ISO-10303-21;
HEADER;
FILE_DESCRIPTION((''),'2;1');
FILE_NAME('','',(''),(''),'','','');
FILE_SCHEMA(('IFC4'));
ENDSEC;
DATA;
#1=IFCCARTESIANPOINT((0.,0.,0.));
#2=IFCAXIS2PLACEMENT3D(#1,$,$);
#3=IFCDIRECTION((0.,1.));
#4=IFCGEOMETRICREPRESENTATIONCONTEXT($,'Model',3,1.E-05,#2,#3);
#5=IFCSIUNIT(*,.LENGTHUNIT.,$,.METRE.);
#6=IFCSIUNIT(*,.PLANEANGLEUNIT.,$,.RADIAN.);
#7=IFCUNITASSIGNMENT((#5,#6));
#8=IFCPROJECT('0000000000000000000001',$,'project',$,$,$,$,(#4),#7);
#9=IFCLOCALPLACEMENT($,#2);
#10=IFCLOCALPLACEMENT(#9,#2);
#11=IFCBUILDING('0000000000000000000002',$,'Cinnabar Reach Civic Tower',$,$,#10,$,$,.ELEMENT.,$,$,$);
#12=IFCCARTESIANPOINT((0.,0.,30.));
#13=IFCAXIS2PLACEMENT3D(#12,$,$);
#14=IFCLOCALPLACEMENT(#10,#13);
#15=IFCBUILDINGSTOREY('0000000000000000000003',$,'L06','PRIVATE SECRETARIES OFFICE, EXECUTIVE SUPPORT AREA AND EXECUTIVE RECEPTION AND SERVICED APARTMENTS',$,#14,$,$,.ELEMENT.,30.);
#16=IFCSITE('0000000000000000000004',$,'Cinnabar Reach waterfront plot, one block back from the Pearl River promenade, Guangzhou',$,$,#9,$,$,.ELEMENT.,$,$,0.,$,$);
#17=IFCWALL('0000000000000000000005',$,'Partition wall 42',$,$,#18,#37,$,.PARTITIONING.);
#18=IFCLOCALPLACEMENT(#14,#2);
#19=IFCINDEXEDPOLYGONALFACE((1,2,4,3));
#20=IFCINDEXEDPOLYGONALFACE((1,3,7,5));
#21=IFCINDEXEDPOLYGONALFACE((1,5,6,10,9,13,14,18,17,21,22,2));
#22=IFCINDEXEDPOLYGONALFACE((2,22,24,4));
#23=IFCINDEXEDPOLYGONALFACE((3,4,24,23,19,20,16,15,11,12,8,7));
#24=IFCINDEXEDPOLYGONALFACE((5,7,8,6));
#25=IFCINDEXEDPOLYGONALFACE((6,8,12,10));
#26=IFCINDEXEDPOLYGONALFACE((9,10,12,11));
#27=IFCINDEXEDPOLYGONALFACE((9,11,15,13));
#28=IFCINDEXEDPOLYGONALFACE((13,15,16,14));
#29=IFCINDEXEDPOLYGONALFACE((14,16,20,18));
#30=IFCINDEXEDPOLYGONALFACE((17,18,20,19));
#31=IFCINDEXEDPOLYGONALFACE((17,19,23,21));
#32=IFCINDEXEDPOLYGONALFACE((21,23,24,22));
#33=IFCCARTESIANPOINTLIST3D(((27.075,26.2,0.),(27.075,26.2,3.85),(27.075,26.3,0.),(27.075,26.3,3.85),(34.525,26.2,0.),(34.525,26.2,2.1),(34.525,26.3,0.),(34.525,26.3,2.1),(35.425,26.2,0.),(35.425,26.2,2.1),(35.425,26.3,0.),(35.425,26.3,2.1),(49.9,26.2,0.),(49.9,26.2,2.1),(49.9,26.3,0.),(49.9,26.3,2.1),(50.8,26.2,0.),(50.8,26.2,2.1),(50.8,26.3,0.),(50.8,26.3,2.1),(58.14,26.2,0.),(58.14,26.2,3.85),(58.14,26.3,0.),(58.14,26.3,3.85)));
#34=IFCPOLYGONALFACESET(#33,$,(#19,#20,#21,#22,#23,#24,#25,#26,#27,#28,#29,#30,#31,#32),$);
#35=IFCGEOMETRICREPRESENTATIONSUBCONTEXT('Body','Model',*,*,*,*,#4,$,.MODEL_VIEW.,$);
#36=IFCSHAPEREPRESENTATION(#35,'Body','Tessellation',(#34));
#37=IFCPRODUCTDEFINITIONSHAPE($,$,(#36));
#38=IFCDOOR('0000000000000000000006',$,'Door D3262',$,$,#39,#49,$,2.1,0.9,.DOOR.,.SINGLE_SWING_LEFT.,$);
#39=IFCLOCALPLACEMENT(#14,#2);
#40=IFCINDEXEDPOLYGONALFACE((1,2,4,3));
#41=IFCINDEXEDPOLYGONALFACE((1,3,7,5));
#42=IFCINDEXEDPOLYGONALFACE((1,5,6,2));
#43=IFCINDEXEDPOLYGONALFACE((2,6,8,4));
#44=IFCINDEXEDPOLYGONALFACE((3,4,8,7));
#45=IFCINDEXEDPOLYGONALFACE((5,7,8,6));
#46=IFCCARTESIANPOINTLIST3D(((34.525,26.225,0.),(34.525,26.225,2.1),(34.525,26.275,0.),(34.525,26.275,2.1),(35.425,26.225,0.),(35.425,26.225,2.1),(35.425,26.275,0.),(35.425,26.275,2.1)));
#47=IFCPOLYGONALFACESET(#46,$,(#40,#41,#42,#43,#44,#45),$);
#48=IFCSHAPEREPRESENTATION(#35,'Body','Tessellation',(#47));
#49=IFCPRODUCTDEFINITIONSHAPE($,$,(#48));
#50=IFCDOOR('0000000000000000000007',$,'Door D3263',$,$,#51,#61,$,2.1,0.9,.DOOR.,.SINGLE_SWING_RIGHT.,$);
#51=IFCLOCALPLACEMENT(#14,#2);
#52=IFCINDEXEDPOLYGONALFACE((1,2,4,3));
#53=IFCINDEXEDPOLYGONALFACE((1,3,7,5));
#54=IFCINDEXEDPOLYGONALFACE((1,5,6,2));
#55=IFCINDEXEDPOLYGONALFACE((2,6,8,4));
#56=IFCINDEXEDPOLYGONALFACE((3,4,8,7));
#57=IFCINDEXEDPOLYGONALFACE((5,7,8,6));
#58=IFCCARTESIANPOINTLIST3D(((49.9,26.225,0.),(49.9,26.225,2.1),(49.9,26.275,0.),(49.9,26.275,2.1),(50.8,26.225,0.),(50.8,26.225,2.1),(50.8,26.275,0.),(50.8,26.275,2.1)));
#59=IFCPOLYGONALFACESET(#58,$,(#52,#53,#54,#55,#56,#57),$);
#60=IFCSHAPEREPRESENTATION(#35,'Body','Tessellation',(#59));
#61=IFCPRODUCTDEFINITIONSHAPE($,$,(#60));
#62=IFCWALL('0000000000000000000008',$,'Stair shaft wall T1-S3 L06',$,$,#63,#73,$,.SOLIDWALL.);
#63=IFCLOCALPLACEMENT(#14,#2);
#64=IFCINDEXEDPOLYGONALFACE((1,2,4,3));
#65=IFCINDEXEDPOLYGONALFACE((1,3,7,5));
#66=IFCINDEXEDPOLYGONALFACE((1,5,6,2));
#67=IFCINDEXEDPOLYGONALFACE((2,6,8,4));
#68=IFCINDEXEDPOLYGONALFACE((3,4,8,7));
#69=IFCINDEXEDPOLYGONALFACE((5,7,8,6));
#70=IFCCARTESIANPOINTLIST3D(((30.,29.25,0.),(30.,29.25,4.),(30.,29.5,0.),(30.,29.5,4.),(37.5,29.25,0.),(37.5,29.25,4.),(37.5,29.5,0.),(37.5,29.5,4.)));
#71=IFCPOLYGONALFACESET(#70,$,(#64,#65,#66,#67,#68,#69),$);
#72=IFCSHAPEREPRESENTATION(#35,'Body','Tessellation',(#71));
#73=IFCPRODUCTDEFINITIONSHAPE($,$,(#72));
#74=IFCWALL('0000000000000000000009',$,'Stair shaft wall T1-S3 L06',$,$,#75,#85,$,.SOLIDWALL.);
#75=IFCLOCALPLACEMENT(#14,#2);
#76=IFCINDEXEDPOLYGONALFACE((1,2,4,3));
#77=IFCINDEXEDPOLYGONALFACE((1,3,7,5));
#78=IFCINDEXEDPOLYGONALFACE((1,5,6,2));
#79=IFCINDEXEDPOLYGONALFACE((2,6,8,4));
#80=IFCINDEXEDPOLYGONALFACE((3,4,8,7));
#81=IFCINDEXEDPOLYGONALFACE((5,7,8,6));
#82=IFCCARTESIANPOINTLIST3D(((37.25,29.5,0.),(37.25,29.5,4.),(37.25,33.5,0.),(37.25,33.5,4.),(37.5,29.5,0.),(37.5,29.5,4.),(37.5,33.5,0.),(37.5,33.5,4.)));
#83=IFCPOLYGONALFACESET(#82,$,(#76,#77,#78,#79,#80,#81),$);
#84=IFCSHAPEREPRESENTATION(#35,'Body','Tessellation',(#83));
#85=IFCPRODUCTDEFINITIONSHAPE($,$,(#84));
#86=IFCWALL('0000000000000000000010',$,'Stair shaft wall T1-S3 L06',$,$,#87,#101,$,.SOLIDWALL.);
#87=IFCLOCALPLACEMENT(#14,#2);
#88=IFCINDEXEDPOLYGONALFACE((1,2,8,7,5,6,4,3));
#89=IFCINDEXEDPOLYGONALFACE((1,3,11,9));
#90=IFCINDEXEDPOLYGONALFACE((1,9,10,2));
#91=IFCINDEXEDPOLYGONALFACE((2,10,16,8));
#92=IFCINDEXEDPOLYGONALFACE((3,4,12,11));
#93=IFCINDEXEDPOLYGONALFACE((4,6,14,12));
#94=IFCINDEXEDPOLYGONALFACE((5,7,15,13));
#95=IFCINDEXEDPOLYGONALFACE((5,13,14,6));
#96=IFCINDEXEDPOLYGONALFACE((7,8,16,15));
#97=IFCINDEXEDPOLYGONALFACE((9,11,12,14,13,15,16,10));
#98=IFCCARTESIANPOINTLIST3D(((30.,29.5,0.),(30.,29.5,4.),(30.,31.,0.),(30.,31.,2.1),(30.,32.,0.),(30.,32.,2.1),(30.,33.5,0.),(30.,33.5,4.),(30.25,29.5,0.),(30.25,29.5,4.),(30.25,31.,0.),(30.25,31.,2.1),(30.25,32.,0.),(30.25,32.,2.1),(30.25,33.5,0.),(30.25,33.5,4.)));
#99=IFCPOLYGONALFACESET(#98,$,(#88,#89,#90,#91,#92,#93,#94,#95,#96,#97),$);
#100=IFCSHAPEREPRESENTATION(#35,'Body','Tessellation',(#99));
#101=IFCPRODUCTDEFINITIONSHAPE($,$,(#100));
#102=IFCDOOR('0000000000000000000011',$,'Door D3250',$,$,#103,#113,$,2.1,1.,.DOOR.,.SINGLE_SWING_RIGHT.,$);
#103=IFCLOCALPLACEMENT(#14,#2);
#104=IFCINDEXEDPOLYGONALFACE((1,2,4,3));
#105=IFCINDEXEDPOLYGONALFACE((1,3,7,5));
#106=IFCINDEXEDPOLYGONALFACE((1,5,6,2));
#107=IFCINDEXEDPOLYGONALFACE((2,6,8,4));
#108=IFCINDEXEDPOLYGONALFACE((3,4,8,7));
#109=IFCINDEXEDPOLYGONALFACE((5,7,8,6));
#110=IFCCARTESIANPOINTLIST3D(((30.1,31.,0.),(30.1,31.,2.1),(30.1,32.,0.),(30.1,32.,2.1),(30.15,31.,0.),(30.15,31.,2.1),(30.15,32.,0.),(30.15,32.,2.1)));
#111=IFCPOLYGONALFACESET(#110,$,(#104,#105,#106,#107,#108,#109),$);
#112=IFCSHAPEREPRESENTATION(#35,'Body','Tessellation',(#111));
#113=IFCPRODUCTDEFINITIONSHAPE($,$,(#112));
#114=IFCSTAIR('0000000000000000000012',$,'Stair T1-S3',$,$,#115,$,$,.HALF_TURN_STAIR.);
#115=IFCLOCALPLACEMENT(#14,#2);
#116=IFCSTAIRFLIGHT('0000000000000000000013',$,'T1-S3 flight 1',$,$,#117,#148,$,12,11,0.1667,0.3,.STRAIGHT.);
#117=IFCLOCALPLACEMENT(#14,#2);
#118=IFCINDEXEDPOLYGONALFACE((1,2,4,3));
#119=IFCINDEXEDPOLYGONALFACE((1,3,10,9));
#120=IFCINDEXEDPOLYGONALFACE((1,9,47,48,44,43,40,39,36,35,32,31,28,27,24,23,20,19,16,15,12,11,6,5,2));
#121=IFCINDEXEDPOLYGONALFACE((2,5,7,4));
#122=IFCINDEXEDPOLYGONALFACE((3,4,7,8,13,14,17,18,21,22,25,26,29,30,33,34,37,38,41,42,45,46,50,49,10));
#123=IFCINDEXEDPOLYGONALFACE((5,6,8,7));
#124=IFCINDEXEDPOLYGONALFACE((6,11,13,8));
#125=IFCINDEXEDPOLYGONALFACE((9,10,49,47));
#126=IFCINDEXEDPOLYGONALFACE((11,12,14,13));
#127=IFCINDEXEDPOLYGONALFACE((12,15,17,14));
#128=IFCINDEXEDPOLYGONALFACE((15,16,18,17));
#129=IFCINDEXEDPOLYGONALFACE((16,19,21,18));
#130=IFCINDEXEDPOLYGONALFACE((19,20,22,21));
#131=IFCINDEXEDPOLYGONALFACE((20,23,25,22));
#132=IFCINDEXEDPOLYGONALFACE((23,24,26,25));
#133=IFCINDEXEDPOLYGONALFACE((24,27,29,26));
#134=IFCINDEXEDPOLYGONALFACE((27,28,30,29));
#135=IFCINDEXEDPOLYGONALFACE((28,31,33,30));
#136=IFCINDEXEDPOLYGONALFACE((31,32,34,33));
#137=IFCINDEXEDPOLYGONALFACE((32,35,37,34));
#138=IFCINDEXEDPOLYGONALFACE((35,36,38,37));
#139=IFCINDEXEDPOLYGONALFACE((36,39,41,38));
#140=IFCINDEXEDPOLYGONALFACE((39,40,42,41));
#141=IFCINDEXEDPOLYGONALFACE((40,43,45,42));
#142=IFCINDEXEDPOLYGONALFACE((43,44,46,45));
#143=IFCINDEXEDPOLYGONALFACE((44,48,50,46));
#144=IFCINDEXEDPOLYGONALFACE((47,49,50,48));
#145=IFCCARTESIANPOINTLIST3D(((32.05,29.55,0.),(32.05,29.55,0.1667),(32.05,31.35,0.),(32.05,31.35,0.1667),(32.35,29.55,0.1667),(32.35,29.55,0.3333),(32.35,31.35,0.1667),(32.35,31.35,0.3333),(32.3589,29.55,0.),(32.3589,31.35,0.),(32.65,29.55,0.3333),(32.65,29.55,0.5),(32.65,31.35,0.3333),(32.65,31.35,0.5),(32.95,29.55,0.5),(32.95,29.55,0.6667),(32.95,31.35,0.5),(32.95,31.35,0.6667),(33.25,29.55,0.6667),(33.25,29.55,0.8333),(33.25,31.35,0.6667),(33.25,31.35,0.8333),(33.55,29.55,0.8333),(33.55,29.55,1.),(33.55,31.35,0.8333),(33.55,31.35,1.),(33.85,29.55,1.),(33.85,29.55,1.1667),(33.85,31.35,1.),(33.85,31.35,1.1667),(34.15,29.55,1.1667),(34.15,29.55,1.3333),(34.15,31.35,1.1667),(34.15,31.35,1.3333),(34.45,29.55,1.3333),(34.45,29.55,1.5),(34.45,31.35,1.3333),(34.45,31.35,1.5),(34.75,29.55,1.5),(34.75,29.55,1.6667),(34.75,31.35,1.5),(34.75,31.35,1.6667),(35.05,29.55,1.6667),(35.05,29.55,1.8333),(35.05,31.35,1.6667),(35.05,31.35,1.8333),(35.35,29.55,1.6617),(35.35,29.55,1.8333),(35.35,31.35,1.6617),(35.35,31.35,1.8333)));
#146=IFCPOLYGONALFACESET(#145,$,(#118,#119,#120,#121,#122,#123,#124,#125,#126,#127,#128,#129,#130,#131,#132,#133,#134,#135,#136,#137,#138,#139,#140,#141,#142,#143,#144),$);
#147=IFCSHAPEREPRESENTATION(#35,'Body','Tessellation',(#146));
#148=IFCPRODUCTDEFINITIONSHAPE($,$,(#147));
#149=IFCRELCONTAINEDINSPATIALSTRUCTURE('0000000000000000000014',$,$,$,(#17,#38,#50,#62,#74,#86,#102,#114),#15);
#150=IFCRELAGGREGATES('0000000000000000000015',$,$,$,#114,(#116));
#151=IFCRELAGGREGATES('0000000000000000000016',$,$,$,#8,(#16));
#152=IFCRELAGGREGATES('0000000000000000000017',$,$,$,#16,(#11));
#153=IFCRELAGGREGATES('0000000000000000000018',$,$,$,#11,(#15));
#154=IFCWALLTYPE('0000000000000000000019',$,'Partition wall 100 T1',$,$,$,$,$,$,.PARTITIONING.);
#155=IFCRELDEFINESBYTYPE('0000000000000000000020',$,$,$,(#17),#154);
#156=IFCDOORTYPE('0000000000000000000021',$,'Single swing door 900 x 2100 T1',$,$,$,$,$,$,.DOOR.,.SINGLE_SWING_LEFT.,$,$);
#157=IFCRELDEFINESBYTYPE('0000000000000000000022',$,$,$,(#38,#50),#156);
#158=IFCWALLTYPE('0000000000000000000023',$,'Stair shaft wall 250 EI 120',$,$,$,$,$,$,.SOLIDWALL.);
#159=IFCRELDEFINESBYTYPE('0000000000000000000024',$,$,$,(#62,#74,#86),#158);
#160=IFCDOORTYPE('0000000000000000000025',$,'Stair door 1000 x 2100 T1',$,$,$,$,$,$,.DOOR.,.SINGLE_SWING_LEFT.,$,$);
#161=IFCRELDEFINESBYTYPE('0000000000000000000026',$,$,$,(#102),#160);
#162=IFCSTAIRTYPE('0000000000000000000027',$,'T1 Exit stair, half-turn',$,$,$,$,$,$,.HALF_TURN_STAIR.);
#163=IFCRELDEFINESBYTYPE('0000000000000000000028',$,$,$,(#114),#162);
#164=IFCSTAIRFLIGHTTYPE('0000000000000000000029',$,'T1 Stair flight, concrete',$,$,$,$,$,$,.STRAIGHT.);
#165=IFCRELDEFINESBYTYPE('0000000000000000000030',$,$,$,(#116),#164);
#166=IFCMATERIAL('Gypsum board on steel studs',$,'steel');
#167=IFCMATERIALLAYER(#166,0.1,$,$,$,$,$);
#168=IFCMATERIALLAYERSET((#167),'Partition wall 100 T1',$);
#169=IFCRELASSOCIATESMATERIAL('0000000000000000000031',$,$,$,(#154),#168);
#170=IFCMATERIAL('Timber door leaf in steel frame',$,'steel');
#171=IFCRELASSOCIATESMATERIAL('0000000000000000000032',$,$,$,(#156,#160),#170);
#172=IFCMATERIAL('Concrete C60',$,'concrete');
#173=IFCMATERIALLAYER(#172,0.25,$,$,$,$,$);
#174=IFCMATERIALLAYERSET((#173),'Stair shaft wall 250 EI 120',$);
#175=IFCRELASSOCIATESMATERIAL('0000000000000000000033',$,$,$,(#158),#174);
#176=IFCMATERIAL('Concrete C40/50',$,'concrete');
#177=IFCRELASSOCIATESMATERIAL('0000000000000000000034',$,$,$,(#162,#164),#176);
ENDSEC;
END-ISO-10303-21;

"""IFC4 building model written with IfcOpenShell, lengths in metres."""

from ifc_helpers import new_model, si_unit, direction, frame, frame_2d, origin, place, context, subcontext, project, spatial, polyline, rectangle, outline, extrude, material, layer, layer_set, type_object, element, fill, aggregate, save


model = new_model("IFC4")

# Units and contexts
model_context = context("Model", 3, precision=1e-05, world=origin(), true_north=direction((0.0, 1.0)))
body_context = subcontext(model_context, "Body", "Model", "MODEL_VIEW")
ifc_project = project(units=[si_unit("LENGTHUNIT", "METRE"), si_unit("PLANEANGLEUNIT", "RADIAN")], contexts=[model_context])

# Site, building, storey
site_placement = place(None, origin())
site = spatial("IfcSite", under=ifc_project, at=site_placement, Name="Cinnabar Reach waterfront plot, one block back from the Pearl River promenade, Guangzhou", CompositionType="ELEMENT", RefElevation=0.0)
building_placement = place(site_placement, origin())
building = spatial("IfcBuilding", under=site, at=building_placement, Name="Cinnabar Reach Civic Tower", CompositionType="ELEMENT")
storey_placement = place(building_placement, frame((0.0, 0.0, 30.0)))
storey = spatial("IfcBuildingStorey", under=building, at=storey_placement, Name="L06", Description="PRIVATE SECRETARIES OFFICE, EXECUTIVE SUPPORT AREA AND EXECUTIVE RECEPTION AND SERVICED APARTMENTS", CompositionType="ELEMENT", Elevation=30.0)

# Shared definitions
ifc_material_1 = material(Name="Timber door leaf in steel frame", Category="steel")

# Wall, openings, doors
ifc_material_2 = material(Name="Gypsum board on steel studs", Category="steel")
ifc_layer_1 = layer(ifc_material_2, 0.1)
ifc_layer_set_1 = layer_set([ifc_layer_1], Name="Partition wall 100 T1")
wall_type_1 = type_object("IfcWallType", Name="Partition wall 100 T1", PredefinedType="PARTITIONING", material=ifc_layer_set_1)
wall_1_placement = place(storey_placement, frame((27.075, 26.25, 0.0), z_axis=(0.0, 0.0, 1.0), x_axis=(1.0, 0.0, 0.0)))
wall_1 = element("IfcWall", 1, at=wall_1_placement, inside=storey, type_object=wall_type_1, Name="Partition wall 42", PredefinedType="PARTITIONING", context=body_context, shape_type="SweptSolid", body=[
    extrude(rectangle(XDim=31.065, YDim=0.1, at=frame_2d((15.5325, 0.0))), origin(), (0.0, 0.0, 1.0), 3.85),
])
opening_1_placement = place(wall_1_placement, frame((7.45, 0.0, 0.0)))
opening_1 = element("IfcOpeningElement", 2, at=opening_1_placement, cuts=wall_1, PredefinedType="OPENING", context=body_context, shape_type="SweptSolid", body=[
    extrude(rectangle(XDim=0.9, YDim=2.1, at=frame_2d((0.45, 1.05))), frame((0.0, 0.06, 0.0), z_axis=(0.0, -1.0, 0.0), x_axis=(1.0, 0.0, 0.0)), (0.0, 0.0, 1.0), 0.12),
])
opening_2_placement = place(wall_1_placement, frame((22.825, 0.0, 0.0)))
opening_2 = element("IfcOpeningElement", 3, at=opening_2_placement, cuts=wall_1, PredefinedType="OPENING", context=body_context, shape_type="SweptSolid", body=[
    extrude(rectangle(XDim=0.9, YDim=2.1, at=frame_2d((0.45, 1.05))), frame((0.0, 0.06, 0.0), z_axis=(0.0, -1.0, 0.0), x_axis=(1.0, 0.0, 0.0)), (0.0, 0.0, 1.0), 0.12),
])
door_type_1 = type_object("IfcDoorType", Name="Single swing door 900 x 2100 T1", OperationType="SINGLE_SWING_LEFT", PredefinedType="DOOR", material=ifc_material_1)
door_1_placement = place(opening_1_placement, frame((0.9, 0.0, 0.0), z_axis=(0.0, 0.0, 1.0), x_axis=(-1.0, 0.0, 0.0)))
door_1 = element("IfcDoor", 4, at=door_1_placement, inside=storey, type_object=door_type_1, Name="Door D3262", OperationType="SINGLE_SWING_LEFT", OverallHeight=2.1, OverallWidth=0.9, PredefinedType="DOOR", context=body_context, shape_type="SweptSolid", body=[
    extrude(rectangle(XDim=0.9, YDim=2.1, at=frame_2d((0.45, 1.05))), frame((0.0, 0.025, 0.0), z_axis=(0.0, -1.0, 0.0), x_axis=(1.0, 0.0, 0.0)), (0.0, 0.0, 1.0), 0.05),
])
fill(opening_1, door_1)
door_2_placement = place(opening_2_placement, frame((0.9, 0.0, 0.0), z_axis=(0.0, 0.0, 1.0), x_axis=(-1.0, 0.0, 0.0)))
door_2 = element("IfcDoor", 5, at=door_2_placement, inside=storey, type_object=door_type_1, Name="Door D3263", OperationType="SINGLE_SWING_RIGHT", OverallHeight=2.1, OverallWidth=0.9, PredefinedType="DOOR", context=body_context, shape_type="SweptSolid", body=[
    extrude(rectangle(XDim=0.9, YDim=2.1, at=frame_2d((0.45, 1.05))), frame((0.0, 0.025, 0.0), z_axis=(0.0, -1.0, 0.0), x_axis=(1.0, 0.0, 0.0)), (0.0, 0.0, 1.0), 0.05),
])
fill(opening_2, door_2)

# Walls
ifc_material_3 = material(Name="Concrete C60", Category="concrete")
ifc_layer_2 = layer(ifc_material_3, 0.25)
ifc_layer_set_2 = layer_set([ifc_layer_2], Name="Stair shaft wall 250 EI 120")
wall_type_2 = type_object("IfcWallType", Name="Stair shaft wall 250 EI 120", PredefinedType="SOLIDWALL", material=ifc_layer_set_2)
wall_2_placement = place(storey_placement, frame((30.0, 29.375, 0.0), z_axis=(0.0, 0.0, 1.0), x_axis=(1.0, 0.0, 0.0)))
element("IfcWall", 6, at=wall_2_placement, inside=storey, type_object=wall_type_2, Name="Stair shaft wall T1-S3 L06", PredefinedType="SOLIDWALL", context=body_context, shape_type="SweptSolid", body=[
    extrude(rectangle(XDim=7.5, YDim=0.25, at=frame_2d((3.75, 0.0))), origin(), (0.0, 0.0, 1.0), 4.0),
])
wall_3_placement = place(storey_placement, frame((37.375, 29.5, 0.0), z_axis=(0.0, 0.0, 1.0), x_axis=(0.0, 1.0, 0.0)))
element("IfcWall", 7, at=wall_3_placement, inside=storey, type_object=wall_type_2, Name="Stair shaft wall T1-S3 L06", PredefinedType="SOLIDWALL", context=body_context, shape_type="SweptSolid", body=[
    extrude(rectangle(XDim=4.0, YDim=0.25, at=frame_2d((2.0, 0.0))), origin(), (0.0, 0.0, 1.0), 4.0),
])

# Wall, opening, door
wall_4_placement = place(storey_placement, frame((30.125, 33.5, 0.0), z_axis=(0.0, 0.0, 1.0), x_axis=(0.0, -1.0, 0.0)))
wall_4 = element("IfcWall", 8, at=wall_4_placement, inside=storey, type_object=wall_type_2, Name="Stair shaft wall T1-S3 L06", PredefinedType="SOLIDWALL", context=body_context, shape_type="SweptSolid", body=[
    extrude(rectangle(XDim=4.0, YDim=0.25, at=frame_2d((2.0, 0.0))), origin(), (0.0, 0.0, 1.0), 4.0),
])
opening_3_placement = place(wall_4_placement, frame((1.5, 0.0, 0.0)))
opening_3 = element("IfcOpeningElement", 9, at=opening_3_placement, cuts=wall_4, PredefinedType="OPENING", context=body_context, shape_type="SweptSolid", body=[
    extrude(rectangle(XDim=1.0, YDim=2.1, at=frame_2d((0.5, 1.05))), frame((0.0, 0.135, 0.0), z_axis=(0.0, -1.0, 0.0), x_axis=(1.0, 0.0, 0.0)), (0.0, 0.0, 1.0), 0.27),
])
door_type_2 = type_object("IfcDoorType", Name="Stair door 1000 x 2100 T1", OperationType="SINGLE_SWING_LEFT", PredefinedType="DOOR", material=ifc_material_1)
door_3_placement = place(opening_3_placement, origin())
door_3 = element("IfcDoor", 10, at=door_3_placement, inside=storey, type_object=door_type_2, Name="Door D3250", OperationType="SINGLE_SWING_RIGHT", OverallHeight=2.1, OverallWidth=1.0, PredefinedType="DOOR", context=body_context, shape_type="SweptSolid", body=[
    extrude(rectangle(XDim=1.0, YDim=2.1, at=frame_2d((0.5, 1.05))), frame((0.0, 0.025, 0.0), z_axis=(0.0, -1.0, 0.0), x_axis=(1.0, 0.0, 0.0)), (0.0, 0.0, 1.0), 0.05),
])
fill(opening_3, door_3)

# Stair, stair flight
ifc_material_4 = material(Name="Concrete C40/50", Category="concrete")
stair_type = type_object("IfcStairType", Name="T1 Exit stair, half-turn", PredefinedType="HALF_TURN_STAIR", material=ifc_material_4)
stair_placement = place(storey_placement, origin())
stair = element("IfcStair", 11, at=stair_placement, inside=storey, type_object=stair_type, Name="Stair T1-S3", PredefinedType="HALF_TURN_STAIR")
stair_flight_type = type_object("IfcStairFlightType", Name="T1 Stair flight, concrete", PredefinedType="STRAIGHT", material=ifc_material_4)
stair_flight_1_placement = place(storey_placement, frame((32.05, 30.45, 0.0), z_axis=(0.0, 0.0, 1.0), x_axis=(1.0, 0.0, 0.0)))
stair_flight_1 = element("IfcStairFlight", 12, at=stair_flight_1_placement, type_object=stair_flight_type, Name="T1-S3 flight 1", NumberOfRisers=12, NumberOfTreads=11, PredefinedType="STRAIGHT", RiserHeight=0.1667, TreadLength=0.3, context=body_context, shape_type="SweptSolid", body=[
    extrude(outline(polyline([(0.0, 0.0), (0.0, 0.1667), (0.3, 0.1667), (0.3, 0.3333), (0.6, 0.3333), (0.6, 0.5), (0.9, 0.5), (0.9, 0.6667), (1.2, 0.6667), (1.2, 0.8333), (1.5, 0.8333), (1.5, 1.0), (1.8, 1.0), (1.8, 1.1667), (2.1, 1.1667), (2.1, 1.3333), (2.4, 1.3333), (2.4, 1.5), (2.7, 1.5), (2.7, 1.6667), (3.0, 1.6667), (3.0, 1.8333), (3.3, 1.8333), (3.3, 2.0), (3.3, 1.6617), (0.3089, 0.0), (0.0, 0.0)])), frame((0.0, 0.9, 0.0), z_axis=(0.0, -1.0, 0.0), x_axis=(1.0, 0.0, 0.0)), (0.0, 0.0, 1.0), 1.8),
])
aggregate(stair, [stair_flight_1])

save(model, "model.ifc")
